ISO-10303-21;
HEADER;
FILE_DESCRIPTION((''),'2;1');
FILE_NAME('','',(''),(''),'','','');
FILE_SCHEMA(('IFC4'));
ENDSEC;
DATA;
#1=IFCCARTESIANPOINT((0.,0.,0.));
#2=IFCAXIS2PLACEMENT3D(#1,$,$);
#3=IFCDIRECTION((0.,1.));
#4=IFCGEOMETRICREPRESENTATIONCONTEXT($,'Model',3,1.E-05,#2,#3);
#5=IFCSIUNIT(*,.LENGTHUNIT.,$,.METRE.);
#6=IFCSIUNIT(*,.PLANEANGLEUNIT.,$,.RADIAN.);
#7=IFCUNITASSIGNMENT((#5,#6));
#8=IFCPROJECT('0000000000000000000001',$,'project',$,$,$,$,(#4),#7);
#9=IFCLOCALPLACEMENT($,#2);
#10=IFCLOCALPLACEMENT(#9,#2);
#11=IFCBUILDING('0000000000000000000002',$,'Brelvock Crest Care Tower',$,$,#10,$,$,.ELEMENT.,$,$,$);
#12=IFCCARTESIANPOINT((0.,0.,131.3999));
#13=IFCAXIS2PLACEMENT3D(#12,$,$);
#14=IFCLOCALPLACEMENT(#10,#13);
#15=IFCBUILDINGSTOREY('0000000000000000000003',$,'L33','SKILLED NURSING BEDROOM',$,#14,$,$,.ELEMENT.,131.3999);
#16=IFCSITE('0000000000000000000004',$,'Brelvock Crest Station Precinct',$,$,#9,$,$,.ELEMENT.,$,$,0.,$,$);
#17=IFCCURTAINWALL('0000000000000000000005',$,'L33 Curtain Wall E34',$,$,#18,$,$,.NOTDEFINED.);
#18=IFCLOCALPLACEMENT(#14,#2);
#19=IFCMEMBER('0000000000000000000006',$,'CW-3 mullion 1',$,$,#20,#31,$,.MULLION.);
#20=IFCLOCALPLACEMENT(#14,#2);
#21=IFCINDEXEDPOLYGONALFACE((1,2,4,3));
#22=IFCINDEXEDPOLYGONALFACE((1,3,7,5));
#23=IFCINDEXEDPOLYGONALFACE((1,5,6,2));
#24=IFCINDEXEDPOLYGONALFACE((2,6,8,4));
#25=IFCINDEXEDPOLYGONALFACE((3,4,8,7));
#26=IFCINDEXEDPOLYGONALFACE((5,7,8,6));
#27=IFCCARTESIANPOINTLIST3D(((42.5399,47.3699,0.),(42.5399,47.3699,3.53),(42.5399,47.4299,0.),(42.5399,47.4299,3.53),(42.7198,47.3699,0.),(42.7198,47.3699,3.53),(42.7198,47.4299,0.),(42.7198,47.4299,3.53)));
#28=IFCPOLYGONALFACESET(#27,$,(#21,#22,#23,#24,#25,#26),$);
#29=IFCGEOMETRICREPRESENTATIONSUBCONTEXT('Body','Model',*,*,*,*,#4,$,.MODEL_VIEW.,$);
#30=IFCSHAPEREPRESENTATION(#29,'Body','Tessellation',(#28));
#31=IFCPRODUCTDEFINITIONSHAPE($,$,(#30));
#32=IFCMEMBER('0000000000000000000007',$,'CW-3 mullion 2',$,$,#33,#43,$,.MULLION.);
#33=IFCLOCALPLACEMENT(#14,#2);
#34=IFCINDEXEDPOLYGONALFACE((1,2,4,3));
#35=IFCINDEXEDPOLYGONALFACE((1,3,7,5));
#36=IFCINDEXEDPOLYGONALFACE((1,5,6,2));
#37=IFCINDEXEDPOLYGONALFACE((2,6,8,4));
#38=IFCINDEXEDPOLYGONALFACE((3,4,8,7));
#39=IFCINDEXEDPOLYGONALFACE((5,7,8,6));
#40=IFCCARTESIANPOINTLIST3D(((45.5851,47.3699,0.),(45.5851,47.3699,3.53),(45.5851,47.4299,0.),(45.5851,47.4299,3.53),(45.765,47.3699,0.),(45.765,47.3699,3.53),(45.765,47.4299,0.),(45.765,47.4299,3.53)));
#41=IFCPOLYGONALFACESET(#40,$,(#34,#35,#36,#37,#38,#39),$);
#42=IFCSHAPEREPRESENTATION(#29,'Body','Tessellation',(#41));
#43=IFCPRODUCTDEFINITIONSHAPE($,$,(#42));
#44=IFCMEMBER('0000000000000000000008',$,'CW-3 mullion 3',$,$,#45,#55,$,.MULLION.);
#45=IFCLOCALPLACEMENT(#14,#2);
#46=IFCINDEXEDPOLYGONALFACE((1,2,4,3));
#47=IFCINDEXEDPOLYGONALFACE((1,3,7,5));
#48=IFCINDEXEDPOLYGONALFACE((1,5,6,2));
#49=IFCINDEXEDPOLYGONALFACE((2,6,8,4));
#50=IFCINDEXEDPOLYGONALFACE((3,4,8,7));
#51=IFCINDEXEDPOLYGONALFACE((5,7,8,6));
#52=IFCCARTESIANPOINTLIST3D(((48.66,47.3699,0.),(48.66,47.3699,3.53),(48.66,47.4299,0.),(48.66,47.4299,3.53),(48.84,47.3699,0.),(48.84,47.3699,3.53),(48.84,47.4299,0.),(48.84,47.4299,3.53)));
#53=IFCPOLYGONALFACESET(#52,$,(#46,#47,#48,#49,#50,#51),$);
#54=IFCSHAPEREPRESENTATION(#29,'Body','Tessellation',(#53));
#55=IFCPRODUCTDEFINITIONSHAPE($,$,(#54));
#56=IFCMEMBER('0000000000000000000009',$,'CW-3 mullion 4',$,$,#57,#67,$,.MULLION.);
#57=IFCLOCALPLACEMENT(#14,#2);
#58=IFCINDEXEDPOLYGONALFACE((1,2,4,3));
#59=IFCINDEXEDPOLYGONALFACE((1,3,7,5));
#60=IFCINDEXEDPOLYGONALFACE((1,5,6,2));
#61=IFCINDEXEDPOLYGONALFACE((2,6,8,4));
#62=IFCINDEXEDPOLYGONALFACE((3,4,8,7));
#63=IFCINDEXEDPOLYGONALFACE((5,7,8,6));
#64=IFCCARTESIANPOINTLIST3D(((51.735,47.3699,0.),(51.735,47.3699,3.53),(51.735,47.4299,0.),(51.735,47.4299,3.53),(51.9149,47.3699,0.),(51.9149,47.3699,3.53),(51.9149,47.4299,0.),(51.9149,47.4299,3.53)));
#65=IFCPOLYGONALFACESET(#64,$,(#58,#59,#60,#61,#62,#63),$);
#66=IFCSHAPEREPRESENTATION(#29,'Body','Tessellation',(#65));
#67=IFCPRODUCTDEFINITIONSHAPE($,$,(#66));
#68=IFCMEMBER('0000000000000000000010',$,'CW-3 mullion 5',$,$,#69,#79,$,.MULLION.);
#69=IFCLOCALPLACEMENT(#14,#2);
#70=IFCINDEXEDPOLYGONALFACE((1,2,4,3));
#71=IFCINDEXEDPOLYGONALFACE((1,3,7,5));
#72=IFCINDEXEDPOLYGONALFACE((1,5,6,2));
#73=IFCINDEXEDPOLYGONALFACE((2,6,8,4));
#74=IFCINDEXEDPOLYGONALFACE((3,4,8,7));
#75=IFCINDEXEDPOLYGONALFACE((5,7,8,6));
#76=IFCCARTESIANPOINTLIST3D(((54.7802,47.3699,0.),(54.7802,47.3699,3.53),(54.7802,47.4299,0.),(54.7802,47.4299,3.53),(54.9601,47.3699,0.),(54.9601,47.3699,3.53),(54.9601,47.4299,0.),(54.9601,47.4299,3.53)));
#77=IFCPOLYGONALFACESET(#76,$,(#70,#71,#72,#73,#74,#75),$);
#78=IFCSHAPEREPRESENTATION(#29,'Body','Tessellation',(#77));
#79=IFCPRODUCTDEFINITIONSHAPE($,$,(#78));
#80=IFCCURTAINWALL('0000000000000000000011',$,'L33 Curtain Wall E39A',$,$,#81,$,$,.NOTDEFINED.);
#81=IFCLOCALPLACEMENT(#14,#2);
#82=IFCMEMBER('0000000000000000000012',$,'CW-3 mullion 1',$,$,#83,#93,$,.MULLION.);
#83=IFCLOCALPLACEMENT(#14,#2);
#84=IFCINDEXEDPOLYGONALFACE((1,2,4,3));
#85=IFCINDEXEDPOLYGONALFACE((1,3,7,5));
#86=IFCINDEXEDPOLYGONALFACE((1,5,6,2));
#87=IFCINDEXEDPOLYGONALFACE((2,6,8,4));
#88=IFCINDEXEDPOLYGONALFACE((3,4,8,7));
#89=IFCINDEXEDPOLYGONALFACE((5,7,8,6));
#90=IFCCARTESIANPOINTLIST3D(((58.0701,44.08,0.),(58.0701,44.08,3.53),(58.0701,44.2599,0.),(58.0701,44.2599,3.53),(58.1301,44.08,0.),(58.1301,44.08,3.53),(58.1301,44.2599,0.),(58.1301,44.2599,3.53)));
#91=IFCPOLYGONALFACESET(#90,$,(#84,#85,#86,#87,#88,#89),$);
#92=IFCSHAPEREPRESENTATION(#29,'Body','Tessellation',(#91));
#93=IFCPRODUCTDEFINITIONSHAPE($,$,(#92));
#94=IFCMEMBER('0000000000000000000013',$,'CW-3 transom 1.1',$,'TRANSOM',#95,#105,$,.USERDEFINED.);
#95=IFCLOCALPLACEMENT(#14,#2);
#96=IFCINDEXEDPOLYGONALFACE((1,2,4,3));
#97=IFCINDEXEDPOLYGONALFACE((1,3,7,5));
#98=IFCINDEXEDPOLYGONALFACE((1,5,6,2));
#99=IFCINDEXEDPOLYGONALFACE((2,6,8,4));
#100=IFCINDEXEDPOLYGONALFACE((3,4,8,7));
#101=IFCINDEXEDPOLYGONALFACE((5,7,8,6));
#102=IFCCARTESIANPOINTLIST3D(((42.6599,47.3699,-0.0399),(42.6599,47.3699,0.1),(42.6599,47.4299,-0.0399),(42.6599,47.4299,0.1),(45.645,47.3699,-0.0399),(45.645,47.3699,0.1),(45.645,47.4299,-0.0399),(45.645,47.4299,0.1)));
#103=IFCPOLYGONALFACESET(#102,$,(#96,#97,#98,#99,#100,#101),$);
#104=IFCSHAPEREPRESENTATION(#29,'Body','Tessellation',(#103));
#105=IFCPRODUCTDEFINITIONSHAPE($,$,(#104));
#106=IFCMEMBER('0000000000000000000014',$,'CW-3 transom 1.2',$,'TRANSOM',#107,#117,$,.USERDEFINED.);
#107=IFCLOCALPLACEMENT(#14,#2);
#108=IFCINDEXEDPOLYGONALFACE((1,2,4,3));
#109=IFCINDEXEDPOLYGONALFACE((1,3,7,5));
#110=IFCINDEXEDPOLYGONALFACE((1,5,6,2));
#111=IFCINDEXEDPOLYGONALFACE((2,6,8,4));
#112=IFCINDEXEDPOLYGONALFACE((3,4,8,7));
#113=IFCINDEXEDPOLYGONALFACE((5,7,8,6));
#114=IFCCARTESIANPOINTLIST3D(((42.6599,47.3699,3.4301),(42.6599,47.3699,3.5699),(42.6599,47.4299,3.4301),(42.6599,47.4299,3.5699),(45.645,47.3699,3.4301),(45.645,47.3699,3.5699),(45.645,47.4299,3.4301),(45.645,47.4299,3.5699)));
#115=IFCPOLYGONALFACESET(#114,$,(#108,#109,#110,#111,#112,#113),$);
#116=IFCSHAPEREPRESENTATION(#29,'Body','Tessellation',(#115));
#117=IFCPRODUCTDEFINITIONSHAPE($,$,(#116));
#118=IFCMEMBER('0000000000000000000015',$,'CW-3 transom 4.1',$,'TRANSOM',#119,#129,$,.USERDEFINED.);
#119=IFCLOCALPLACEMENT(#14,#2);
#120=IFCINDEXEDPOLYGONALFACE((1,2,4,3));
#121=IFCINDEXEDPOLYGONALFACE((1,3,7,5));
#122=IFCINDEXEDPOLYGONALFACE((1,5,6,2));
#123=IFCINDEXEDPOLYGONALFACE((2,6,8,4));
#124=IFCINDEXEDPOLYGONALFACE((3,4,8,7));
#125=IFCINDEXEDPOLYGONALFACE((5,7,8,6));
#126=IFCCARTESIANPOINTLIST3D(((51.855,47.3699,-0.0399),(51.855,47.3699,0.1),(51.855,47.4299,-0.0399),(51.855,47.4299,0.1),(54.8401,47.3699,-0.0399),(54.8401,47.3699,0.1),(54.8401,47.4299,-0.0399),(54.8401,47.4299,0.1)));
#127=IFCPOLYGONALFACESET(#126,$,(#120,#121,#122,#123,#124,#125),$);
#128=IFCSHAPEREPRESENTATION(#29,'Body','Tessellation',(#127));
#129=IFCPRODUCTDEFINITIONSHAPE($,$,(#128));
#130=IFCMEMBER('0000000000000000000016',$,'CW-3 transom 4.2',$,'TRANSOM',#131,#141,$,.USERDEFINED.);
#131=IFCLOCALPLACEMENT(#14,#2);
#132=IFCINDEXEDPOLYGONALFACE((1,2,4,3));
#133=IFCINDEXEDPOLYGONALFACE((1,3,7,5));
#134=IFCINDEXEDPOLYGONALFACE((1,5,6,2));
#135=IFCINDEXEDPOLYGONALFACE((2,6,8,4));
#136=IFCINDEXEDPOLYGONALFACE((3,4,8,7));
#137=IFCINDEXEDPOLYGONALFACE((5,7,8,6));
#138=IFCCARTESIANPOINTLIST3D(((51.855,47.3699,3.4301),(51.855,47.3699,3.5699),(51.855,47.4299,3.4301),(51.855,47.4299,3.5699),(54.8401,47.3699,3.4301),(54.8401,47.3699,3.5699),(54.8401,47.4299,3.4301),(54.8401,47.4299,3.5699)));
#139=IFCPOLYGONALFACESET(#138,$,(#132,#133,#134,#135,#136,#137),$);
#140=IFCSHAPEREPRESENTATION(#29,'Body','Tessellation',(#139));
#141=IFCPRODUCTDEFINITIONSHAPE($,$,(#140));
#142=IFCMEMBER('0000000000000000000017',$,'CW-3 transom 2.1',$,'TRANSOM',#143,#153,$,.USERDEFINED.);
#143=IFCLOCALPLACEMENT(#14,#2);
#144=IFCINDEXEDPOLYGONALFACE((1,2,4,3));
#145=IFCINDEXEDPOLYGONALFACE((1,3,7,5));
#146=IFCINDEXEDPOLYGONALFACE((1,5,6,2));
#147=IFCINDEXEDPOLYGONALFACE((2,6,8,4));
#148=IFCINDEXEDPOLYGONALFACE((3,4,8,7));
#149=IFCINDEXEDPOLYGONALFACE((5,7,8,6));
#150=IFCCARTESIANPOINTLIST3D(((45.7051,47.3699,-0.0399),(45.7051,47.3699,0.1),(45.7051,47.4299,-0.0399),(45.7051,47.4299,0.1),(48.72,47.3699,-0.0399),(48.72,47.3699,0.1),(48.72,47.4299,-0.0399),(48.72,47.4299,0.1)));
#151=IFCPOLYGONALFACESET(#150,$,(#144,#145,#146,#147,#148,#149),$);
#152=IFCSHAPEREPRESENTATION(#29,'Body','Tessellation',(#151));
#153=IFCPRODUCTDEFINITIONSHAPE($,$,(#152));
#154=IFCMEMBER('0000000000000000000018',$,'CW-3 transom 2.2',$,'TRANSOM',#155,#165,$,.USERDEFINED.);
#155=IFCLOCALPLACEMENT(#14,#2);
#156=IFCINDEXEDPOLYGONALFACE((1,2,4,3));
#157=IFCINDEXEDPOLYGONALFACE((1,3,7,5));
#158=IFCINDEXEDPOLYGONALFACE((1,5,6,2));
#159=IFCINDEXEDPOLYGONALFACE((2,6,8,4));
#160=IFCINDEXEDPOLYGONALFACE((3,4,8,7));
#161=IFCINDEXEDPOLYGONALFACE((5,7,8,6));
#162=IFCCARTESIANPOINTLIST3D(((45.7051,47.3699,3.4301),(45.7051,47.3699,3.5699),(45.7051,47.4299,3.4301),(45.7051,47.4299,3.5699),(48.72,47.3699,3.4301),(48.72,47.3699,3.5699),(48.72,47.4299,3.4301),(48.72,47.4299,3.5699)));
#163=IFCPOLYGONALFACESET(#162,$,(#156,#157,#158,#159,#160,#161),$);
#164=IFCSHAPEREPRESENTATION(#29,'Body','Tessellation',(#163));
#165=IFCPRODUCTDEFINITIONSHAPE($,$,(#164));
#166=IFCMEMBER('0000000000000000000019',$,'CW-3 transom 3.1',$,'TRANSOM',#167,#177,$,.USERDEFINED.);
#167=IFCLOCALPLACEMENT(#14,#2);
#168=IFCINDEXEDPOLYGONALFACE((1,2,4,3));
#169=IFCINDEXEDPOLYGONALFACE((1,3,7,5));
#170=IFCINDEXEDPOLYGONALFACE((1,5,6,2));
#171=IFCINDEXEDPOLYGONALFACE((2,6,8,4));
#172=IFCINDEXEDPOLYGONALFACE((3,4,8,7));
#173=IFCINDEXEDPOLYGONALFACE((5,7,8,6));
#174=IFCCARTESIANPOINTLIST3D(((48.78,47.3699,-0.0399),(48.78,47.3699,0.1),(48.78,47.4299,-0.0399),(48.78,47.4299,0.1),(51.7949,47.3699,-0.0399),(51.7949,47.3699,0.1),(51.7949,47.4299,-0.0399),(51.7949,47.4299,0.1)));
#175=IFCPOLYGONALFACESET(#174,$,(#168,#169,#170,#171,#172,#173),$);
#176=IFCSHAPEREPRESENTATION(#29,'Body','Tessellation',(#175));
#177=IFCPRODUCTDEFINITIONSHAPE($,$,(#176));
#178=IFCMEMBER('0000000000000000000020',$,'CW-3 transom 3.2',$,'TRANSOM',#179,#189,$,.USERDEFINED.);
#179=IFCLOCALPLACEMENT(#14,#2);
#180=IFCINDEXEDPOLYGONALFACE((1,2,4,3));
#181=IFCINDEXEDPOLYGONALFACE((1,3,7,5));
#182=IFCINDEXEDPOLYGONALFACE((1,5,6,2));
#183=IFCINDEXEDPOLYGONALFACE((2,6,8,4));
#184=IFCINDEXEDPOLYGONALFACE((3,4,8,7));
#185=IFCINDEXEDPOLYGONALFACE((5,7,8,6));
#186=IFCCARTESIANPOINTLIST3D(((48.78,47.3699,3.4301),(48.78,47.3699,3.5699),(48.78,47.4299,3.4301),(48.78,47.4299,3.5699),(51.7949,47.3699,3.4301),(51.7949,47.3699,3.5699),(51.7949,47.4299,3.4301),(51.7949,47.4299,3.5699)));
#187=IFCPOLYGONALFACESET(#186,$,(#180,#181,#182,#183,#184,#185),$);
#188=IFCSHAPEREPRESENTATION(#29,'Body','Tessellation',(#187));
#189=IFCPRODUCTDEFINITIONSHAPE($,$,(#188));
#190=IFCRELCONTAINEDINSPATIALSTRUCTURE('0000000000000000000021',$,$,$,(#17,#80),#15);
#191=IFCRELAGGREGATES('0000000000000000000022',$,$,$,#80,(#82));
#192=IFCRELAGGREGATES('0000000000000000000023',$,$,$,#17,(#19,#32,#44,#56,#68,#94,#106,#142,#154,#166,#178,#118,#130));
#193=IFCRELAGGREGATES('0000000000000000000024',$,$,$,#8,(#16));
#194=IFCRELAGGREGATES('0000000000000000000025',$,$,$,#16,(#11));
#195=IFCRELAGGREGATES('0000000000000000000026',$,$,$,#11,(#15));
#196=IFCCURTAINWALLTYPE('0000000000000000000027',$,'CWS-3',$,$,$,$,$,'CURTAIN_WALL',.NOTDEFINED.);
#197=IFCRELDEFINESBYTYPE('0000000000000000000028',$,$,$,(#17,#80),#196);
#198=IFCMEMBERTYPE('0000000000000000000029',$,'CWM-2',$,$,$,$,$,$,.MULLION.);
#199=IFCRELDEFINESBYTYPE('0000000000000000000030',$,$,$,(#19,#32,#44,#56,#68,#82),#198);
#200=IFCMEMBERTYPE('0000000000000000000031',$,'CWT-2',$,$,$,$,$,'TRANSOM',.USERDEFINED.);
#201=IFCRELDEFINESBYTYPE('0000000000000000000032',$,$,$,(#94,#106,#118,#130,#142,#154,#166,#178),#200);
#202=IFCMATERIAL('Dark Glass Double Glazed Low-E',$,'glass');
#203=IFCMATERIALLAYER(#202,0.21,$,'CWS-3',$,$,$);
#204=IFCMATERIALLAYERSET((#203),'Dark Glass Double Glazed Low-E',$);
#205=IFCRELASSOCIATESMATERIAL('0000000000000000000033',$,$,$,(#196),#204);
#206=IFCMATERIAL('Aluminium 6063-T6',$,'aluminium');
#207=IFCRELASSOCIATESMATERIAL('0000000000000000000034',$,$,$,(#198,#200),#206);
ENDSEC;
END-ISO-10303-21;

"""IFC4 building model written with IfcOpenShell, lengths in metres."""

from ifc_helpers import new_model, si_unit, direction, frame, origin, origin_2d, place, context, subcontext, project, spatial, rectangle, extrude, source, transform, mapped, material, layer, layer_set, material_profile, profile_set, type_object, element, aggregate, save


model = new_model("IFC4")

# Units and contexts
model_context = context("Model", 3, precision=1e-05, world=origin(), true_north=direction((0.0, 1.0)))
body_context = subcontext(model_context, "Body", "Model", "MODEL_VIEW")
ifc_project = project(units=[si_unit("LENGTHUNIT", "METRE"), si_unit("PLANEANGLEUNIT", "RADIAN")], contexts=[model_context])

# Site, building, storey
site_placement = place(None, origin())
site = spatial("IfcSite", under=ifc_project, at=site_placement, Name="Brelvock Crest Station Precinct", CompositionType="ELEMENT", RefElevation=0.0)
building_placement = place(site_placement, origin())
building = spatial("IfcBuilding", under=site, at=building_placement, Name="Brelvock Crest Care Tower", CompositionType="ELEMENT")
storey_placement = place(building_placement, frame((0.0, 0.0, 131.3999)))
storey = spatial("IfcBuildingStorey", under=building, at=storey_placement, Name="L33", Description="SKILLED NURSING BEDROOM", CompositionType="ELEMENT", Elevation=131.3999)

# Curtain wall, members
ifc_material_1 = material(Name="Dark Glass Double Glazed Low-E", Category="glass")
ifc_layer_1 = layer(ifc_material_1, 0.21, Name="CWS-3")
ifc_layer_set_1 = layer_set([ifc_layer_1], Name="Dark Glass Double Glazed Low-E")
curtain_wall_type = type_object("IfcCurtainWallType", Name="CWS-3", ElementType="CURTAIN_WALL", PredefinedType="NOTDEFINED", material=ifc_layer_set_1)
curtain_wall_1_placement = place(storey_placement, origin())
curtain_wall_1 = element("IfcCurtainWall", 1, at=curtain_wall_1_placement, inside=storey, type_object=curtain_wall_type, Name="L33 Curtain Wall E34", PredefinedType="NOTDEFINED")
ifc_material_2 = material(Name="Aluminium 6063-T6", Category="aluminium")
ifc_material_profile_1 = material_profile(ifc_material_2, rectangle(XDim=0.0601, YDim=0.1799, at=origin_2d()), Name="ALU60x180")
ifc_profile_set_1 = profile_set([ifc_material_profile_1], Name="Aluminium 6063-T6")
member_type_1 = type_object("IfcMemberType", Name="CWM-2", PredefinedType="MULLION", material=ifc_profile_set_1)
shared_shape_1 = source(origin(), body_context, "Body", "SweptSolid", [
    extrude(rectangle(XDim=0.0601, YDim=0.1799, at=origin_2d()), origin(), (0.0, 0.0, 1.0), 3.53),
])
member_1_placement = place(storey_placement, frame((42.6299, 47.3999, 0.0), z_axis=(0.0, 0.0, 1.0), x_axis=(0.0, 1.0, 0.0)))
member_1 = element("IfcMember", 2, at=member_1_placement, type_object=member_type_1, Name="CW-3 mullion 1", PredefinedType="MULLION", context=body_context, shape_type="MappedRepresentation", body=[
    mapped(shared_shape_1, transform((0.0, 0.0, 0.0), x_axis=(1.0, 0.0, 0.0), y_axis=(0.0, 1.0, 0.0), z_axis=(0.0, 0.0, 1.0), scale=1.0)),
])
member_2_placement = place(storey_placement, frame((45.675, 47.3999, 0.0), z_axis=(0.0, 0.0, 1.0), x_axis=(0.0, 1.0, 0.0)))
member_2 = element("IfcMember", 3, at=member_2_placement, type_object=member_type_1, Name="CW-3 mullion 2", PredefinedType="MULLION", context=body_context, shape_type="MappedRepresentation", body=[
    mapped(shared_shape_1, transform((0.0, 0.0, 0.0), x_axis=(1.0, 0.0, 0.0), y_axis=(0.0, 1.0, 0.0), z_axis=(0.0, 0.0, 1.0), scale=1.0)),
])
member_3_placement = place(storey_placement, frame((48.75, 47.3999, 0.0), z_axis=(0.0, 0.0, 1.0), x_axis=(0.0, 1.0, 0.0)))
member_3 = element("IfcMember", 4, at=member_3_placement, type_object=member_type_1, Name="CW-3 mullion 3", PredefinedType="MULLION", context=body_context, shape_type="MappedRepresentation", body=[
    mapped(shared_shape_1, transform((0.0, 0.0, 0.0), x_axis=(1.0, 0.0, 0.0), y_axis=(0.0, 1.0, 0.0), z_axis=(0.0, 0.0, 1.0), scale=1.0)),
])
member_4_placement = place(storey_placement, frame((51.825, 47.3999, 0.0), z_axis=(0.0, 0.0, 1.0), x_axis=(0.0, 1.0, 0.0)))
member_4 = element("IfcMember", 5, at=member_4_placement, type_object=member_type_1, Name="CW-3 mullion 4", PredefinedType="MULLION", context=body_context, shape_type="MappedRepresentation", body=[
    mapped(shared_shape_1, transform((0.0, 0.0, 0.0), x_axis=(1.0, 0.0, 0.0), y_axis=(0.0, 1.0, 0.0), z_axis=(0.0, 0.0, 1.0), scale=1.0)),
])
member_5_placement = place(storey_placement, frame((54.8701, 47.3999, 0.0), z_axis=(0.0, 0.0, 1.0), x_axis=(0.0, 1.0, 0.0)))
member_5 = element("IfcMember", 6, at=member_5_placement, type_object=member_type_1, Name="CW-3 mullion 5", PredefinedType="MULLION", context=body_context, shape_type="MappedRepresentation", body=[
    mapped(shared_shape_1, transform((0.0, 0.0, 0.0), x_axis=(1.0, 0.0, 0.0), y_axis=(0.0, 1.0, 0.0), z_axis=(0.0, 0.0, 1.0), scale=1.0)),
])

# Curtain wall, member
curtain_wall_2_placement = place(storey_placement, origin())
curtain_wall_2 = element("IfcCurtainWall", 7, at=curtain_wall_2_placement, inside=storey, type_object=curtain_wall_type, Name="L33 Curtain Wall E39A", PredefinedType="NOTDEFINED")
member_6_placement = place(storey_placement, frame((58.1001, 44.1699, 0.0), z_axis=(0.0, 0.0, 1.0), x_axis=(1.0, 0.0, 0.0)))
member_6 = element("IfcMember", 8, at=member_6_placement, type_object=member_type_1, Name="CW-3 mullion 1", PredefinedType="MULLION", context=body_context, shape_type="MappedRepresentation", body=[
    mapped(shared_shape_1, transform((0.0, 0.0, 0.0), x_axis=(1.0, 0.0, 0.0), y_axis=(0.0, 1.0, 0.0), z_axis=(0.0, 0.0, 1.0), scale=1.0)),
])

# Members
ifc_material_profile_2 = material_profile(ifc_material_2, rectangle(XDim=0.0601, YDim=0.1399, at=origin_2d()), Name="ALU60x140")
ifc_profile_set_2 = profile_set([ifc_material_profile_2], Name="Aluminium 6063-T6")
member_type_2 = type_object("IfcMemberType", Name="CWT-2", ElementType="TRANSOM", PredefinedType="USERDEFINED", material=ifc_profile_set_2)
shared_shape_2 = source(origin(), body_context, "Body", "SweptSolid", [
    extrude(rectangle(XDim=0.0601, YDim=0.1399, at=origin_2d()), origin(), (0.0, 0.0, 1.0), 2.9851),
])
member_7_placement = place(storey_placement, frame((42.6599, 47.3999, 0.03), z_axis=(1.0, 0.0, 0.0), x_axis=(0.0, 1.0, 0.0)))
member_7 = element("IfcMember", 9, at=member_7_placement, type_object=member_type_2, Name="CW-3 transom 1.1", ObjectType="TRANSOM", PredefinedType="USERDEFINED", context=body_context, shape_type="MappedRepresentation", body=[
    mapped(shared_shape_2, transform((0.0, 0.0, 0.0), x_axis=(1.0, 0.0, 0.0), y_axis=(0.0, 1.0, 0.0), z_axis=(0.0, 0.0, 1.0), scale=1.0)),
])
member_8_placement = place(storey_placement, frame((42.6599, 47.3999, 3.5), z_axis=(1.0, 0.0, 0.0), x_axis=(0.0, 1.0, 0.0)))
member_8 = element("IfcMember", 10, at=member_8_placement, type_object=member_type_2, Name="CW-3 transom 1.2", ObjectType="TRANSOM", PredefinedType="USERDEFINED", context=body_context, shape_type="MappedRepresentation", body=[
    mapped(shared_shape_2, transform((0.0, 0.0, 0.0), x_axis=(1.0, 0.0, 0.0), y_axis=(0.0, 1.0, 0.0), z_axis=(0.0, 0.0, 1.0), scale=1.0)),
])
member_9_placement = place(storey_placement, frame((51.855, 47.3999, 0.03), z_axis=(1.0, 0.0, 0.0), x_axis=(0.0, 1.0, 0.0)))
member_9 = element("IfcMember", 11, at=member_9_placement, type_object=member_type_2, Name="CW-3 transom 4.1", ObjectType="TRANSOM", PredefinedType="USERDEFINED", context=body_context, shape_type="MappedRepresentation", body=[
    mapped(shared_shape_2, transform((0.0, 0.0, 0.0), x_axis=(1.0, 0.0, 0.0), y_axis=(0.0, 1.0, 0.0), z_axis=(0.0, 0.0, 1.0), scale=1.0)),
])
member_10_placement = place(storey_placement, frame((51.855, 47.3999, 3.5), z_axis=(1.0, 0.0, 0.0), x_axis=(0.0, 1.0, 0.0)))
member_10 = element("IfcMember", 12, at=member_10_placement, type_object=member_type_2, Name="CW-3 transom 4.2", ObjectType="TRANSOM", PredefinedType="USERDEFINED", context=body_context, shape_type="MappedRepresentation", body=[
    mapped(shared_shape_2, transform((0.0, 0.0, 0.0), x_axis=(1.0, 0.0, 0.0), y_axis=(0.0, 1.0, 0.0), z_axis=(0.0, 0.0, 1.0), scale=1.0)),
])
shared_shape_3 = source(origin(), body_context, "Body", "SweptSolid", [
    extrude(rectangle(XDim=0.0601, YDim=0.1399, at=origin_2d()), origin(), (0.0, 0.0, 1.0), 3.0149),
])
member_11_placement = place(storey_placement, frame((45.7051, 47.3999, 0.03), z_axis=(1.0, 0.0, 0.0), x_axis=(0.0, 1.0, 0.0)))
member_11 = element("IfcMember", 13, at=member_11_placement, type_object=member_type_2, Name="CW-3 transom 2.1", ObjectType="TRANSOM", PredefinedType="USERDEFINED", context=body_context, shape_type="MappedRepresentation", body=[
    mapped(shared_shape_3, transform((0.0, 0.0, 0.0), x_axis=(1.0, 0.0, 0.0), y_axis=(0.0, 1.0, 0.0), z_axis=(0.0, 0.0, 1.0), scale=1.0)),
])
member_12_placement = place(storey_placement, frame((45.7051, 47.3999, 3.5), z_axis=(1.0, 0.0, 0.0), x_axis=(0.0, 1.0, 0.0)))
member_12 = element("IfcMember", 14, at=member_12_placement, type_object=member_type_2, Name="CW-3 transom 2.2", ObjectType="TRANSOM", PredefinedType="USERDEFINED", context=body_context, shape_type="MappedRepresentation", body=[
    mapped(shared_shape_3, transform((0.0, 0.0, 0.0), x_axis=(1.0, 0.0, 0.0), y_axis=(0.0, 1.0, 0.0), z_axis=(0.0, 0.0, 1.0), scale=1.0)),
])
member_13_placement = place(storey_placement, frame((48.78, 47.3999, 0.03), z_axis=(1.0, 0.0, 0.0), x_axis=(0.0, 1.0, 0.0)))
member_13 = element("IfcMember", 15, at=member_13_placement, type_object=member_type_2, Name="CW-3 transom 3.1", ObjectType="TRANSOM", PredefinedType="USERDEFINED", context=body_context, shape_type="MappedRepresentation", body=[
    mapped(shared_shape_3, transform((0.0, 0.0, 0.0), x_axis=(1.0, 0.0, 0.0), y_axis=(0.0, 1.0, 0.0), z_axis=(0.0, 0.0, 1.0), scale=1.0)),
])
member_14_placement = place(storey_placement, frame((48.78, 47.3999, 3.5), z_axis=(1.0, 0.0, 0.0), x_axis=(0.0, 1.0, 0.0)))
member_14 = element("IfcMember", 16, at=member_14_placement, type_object=member_type_2, Name="CW-3 transom 3.2", ObjectType="TRANSOM", PredefinedType="USERDEFINED", context=body_context, shape_type="MappedRepresentation", body=[
    mapped(shared_shape_3, transform((0.0, 0.0, 0.0), x_axis=(1.0, 0.0, 0.0), y_axis=(0.0, 1.0, 0.0), z_axis=(0.0, 0.0, 1.0), scale=1.0)),
])
aggregate(curtain_wall_2, [member_6])

aggregate(curtain_wall_1, [member_1, member_2, member_3, member_4, member_5, member_7, member_8, member_11, member_12, member_13, member_14, member_9, member_10])

save(model, "model.ifc")
